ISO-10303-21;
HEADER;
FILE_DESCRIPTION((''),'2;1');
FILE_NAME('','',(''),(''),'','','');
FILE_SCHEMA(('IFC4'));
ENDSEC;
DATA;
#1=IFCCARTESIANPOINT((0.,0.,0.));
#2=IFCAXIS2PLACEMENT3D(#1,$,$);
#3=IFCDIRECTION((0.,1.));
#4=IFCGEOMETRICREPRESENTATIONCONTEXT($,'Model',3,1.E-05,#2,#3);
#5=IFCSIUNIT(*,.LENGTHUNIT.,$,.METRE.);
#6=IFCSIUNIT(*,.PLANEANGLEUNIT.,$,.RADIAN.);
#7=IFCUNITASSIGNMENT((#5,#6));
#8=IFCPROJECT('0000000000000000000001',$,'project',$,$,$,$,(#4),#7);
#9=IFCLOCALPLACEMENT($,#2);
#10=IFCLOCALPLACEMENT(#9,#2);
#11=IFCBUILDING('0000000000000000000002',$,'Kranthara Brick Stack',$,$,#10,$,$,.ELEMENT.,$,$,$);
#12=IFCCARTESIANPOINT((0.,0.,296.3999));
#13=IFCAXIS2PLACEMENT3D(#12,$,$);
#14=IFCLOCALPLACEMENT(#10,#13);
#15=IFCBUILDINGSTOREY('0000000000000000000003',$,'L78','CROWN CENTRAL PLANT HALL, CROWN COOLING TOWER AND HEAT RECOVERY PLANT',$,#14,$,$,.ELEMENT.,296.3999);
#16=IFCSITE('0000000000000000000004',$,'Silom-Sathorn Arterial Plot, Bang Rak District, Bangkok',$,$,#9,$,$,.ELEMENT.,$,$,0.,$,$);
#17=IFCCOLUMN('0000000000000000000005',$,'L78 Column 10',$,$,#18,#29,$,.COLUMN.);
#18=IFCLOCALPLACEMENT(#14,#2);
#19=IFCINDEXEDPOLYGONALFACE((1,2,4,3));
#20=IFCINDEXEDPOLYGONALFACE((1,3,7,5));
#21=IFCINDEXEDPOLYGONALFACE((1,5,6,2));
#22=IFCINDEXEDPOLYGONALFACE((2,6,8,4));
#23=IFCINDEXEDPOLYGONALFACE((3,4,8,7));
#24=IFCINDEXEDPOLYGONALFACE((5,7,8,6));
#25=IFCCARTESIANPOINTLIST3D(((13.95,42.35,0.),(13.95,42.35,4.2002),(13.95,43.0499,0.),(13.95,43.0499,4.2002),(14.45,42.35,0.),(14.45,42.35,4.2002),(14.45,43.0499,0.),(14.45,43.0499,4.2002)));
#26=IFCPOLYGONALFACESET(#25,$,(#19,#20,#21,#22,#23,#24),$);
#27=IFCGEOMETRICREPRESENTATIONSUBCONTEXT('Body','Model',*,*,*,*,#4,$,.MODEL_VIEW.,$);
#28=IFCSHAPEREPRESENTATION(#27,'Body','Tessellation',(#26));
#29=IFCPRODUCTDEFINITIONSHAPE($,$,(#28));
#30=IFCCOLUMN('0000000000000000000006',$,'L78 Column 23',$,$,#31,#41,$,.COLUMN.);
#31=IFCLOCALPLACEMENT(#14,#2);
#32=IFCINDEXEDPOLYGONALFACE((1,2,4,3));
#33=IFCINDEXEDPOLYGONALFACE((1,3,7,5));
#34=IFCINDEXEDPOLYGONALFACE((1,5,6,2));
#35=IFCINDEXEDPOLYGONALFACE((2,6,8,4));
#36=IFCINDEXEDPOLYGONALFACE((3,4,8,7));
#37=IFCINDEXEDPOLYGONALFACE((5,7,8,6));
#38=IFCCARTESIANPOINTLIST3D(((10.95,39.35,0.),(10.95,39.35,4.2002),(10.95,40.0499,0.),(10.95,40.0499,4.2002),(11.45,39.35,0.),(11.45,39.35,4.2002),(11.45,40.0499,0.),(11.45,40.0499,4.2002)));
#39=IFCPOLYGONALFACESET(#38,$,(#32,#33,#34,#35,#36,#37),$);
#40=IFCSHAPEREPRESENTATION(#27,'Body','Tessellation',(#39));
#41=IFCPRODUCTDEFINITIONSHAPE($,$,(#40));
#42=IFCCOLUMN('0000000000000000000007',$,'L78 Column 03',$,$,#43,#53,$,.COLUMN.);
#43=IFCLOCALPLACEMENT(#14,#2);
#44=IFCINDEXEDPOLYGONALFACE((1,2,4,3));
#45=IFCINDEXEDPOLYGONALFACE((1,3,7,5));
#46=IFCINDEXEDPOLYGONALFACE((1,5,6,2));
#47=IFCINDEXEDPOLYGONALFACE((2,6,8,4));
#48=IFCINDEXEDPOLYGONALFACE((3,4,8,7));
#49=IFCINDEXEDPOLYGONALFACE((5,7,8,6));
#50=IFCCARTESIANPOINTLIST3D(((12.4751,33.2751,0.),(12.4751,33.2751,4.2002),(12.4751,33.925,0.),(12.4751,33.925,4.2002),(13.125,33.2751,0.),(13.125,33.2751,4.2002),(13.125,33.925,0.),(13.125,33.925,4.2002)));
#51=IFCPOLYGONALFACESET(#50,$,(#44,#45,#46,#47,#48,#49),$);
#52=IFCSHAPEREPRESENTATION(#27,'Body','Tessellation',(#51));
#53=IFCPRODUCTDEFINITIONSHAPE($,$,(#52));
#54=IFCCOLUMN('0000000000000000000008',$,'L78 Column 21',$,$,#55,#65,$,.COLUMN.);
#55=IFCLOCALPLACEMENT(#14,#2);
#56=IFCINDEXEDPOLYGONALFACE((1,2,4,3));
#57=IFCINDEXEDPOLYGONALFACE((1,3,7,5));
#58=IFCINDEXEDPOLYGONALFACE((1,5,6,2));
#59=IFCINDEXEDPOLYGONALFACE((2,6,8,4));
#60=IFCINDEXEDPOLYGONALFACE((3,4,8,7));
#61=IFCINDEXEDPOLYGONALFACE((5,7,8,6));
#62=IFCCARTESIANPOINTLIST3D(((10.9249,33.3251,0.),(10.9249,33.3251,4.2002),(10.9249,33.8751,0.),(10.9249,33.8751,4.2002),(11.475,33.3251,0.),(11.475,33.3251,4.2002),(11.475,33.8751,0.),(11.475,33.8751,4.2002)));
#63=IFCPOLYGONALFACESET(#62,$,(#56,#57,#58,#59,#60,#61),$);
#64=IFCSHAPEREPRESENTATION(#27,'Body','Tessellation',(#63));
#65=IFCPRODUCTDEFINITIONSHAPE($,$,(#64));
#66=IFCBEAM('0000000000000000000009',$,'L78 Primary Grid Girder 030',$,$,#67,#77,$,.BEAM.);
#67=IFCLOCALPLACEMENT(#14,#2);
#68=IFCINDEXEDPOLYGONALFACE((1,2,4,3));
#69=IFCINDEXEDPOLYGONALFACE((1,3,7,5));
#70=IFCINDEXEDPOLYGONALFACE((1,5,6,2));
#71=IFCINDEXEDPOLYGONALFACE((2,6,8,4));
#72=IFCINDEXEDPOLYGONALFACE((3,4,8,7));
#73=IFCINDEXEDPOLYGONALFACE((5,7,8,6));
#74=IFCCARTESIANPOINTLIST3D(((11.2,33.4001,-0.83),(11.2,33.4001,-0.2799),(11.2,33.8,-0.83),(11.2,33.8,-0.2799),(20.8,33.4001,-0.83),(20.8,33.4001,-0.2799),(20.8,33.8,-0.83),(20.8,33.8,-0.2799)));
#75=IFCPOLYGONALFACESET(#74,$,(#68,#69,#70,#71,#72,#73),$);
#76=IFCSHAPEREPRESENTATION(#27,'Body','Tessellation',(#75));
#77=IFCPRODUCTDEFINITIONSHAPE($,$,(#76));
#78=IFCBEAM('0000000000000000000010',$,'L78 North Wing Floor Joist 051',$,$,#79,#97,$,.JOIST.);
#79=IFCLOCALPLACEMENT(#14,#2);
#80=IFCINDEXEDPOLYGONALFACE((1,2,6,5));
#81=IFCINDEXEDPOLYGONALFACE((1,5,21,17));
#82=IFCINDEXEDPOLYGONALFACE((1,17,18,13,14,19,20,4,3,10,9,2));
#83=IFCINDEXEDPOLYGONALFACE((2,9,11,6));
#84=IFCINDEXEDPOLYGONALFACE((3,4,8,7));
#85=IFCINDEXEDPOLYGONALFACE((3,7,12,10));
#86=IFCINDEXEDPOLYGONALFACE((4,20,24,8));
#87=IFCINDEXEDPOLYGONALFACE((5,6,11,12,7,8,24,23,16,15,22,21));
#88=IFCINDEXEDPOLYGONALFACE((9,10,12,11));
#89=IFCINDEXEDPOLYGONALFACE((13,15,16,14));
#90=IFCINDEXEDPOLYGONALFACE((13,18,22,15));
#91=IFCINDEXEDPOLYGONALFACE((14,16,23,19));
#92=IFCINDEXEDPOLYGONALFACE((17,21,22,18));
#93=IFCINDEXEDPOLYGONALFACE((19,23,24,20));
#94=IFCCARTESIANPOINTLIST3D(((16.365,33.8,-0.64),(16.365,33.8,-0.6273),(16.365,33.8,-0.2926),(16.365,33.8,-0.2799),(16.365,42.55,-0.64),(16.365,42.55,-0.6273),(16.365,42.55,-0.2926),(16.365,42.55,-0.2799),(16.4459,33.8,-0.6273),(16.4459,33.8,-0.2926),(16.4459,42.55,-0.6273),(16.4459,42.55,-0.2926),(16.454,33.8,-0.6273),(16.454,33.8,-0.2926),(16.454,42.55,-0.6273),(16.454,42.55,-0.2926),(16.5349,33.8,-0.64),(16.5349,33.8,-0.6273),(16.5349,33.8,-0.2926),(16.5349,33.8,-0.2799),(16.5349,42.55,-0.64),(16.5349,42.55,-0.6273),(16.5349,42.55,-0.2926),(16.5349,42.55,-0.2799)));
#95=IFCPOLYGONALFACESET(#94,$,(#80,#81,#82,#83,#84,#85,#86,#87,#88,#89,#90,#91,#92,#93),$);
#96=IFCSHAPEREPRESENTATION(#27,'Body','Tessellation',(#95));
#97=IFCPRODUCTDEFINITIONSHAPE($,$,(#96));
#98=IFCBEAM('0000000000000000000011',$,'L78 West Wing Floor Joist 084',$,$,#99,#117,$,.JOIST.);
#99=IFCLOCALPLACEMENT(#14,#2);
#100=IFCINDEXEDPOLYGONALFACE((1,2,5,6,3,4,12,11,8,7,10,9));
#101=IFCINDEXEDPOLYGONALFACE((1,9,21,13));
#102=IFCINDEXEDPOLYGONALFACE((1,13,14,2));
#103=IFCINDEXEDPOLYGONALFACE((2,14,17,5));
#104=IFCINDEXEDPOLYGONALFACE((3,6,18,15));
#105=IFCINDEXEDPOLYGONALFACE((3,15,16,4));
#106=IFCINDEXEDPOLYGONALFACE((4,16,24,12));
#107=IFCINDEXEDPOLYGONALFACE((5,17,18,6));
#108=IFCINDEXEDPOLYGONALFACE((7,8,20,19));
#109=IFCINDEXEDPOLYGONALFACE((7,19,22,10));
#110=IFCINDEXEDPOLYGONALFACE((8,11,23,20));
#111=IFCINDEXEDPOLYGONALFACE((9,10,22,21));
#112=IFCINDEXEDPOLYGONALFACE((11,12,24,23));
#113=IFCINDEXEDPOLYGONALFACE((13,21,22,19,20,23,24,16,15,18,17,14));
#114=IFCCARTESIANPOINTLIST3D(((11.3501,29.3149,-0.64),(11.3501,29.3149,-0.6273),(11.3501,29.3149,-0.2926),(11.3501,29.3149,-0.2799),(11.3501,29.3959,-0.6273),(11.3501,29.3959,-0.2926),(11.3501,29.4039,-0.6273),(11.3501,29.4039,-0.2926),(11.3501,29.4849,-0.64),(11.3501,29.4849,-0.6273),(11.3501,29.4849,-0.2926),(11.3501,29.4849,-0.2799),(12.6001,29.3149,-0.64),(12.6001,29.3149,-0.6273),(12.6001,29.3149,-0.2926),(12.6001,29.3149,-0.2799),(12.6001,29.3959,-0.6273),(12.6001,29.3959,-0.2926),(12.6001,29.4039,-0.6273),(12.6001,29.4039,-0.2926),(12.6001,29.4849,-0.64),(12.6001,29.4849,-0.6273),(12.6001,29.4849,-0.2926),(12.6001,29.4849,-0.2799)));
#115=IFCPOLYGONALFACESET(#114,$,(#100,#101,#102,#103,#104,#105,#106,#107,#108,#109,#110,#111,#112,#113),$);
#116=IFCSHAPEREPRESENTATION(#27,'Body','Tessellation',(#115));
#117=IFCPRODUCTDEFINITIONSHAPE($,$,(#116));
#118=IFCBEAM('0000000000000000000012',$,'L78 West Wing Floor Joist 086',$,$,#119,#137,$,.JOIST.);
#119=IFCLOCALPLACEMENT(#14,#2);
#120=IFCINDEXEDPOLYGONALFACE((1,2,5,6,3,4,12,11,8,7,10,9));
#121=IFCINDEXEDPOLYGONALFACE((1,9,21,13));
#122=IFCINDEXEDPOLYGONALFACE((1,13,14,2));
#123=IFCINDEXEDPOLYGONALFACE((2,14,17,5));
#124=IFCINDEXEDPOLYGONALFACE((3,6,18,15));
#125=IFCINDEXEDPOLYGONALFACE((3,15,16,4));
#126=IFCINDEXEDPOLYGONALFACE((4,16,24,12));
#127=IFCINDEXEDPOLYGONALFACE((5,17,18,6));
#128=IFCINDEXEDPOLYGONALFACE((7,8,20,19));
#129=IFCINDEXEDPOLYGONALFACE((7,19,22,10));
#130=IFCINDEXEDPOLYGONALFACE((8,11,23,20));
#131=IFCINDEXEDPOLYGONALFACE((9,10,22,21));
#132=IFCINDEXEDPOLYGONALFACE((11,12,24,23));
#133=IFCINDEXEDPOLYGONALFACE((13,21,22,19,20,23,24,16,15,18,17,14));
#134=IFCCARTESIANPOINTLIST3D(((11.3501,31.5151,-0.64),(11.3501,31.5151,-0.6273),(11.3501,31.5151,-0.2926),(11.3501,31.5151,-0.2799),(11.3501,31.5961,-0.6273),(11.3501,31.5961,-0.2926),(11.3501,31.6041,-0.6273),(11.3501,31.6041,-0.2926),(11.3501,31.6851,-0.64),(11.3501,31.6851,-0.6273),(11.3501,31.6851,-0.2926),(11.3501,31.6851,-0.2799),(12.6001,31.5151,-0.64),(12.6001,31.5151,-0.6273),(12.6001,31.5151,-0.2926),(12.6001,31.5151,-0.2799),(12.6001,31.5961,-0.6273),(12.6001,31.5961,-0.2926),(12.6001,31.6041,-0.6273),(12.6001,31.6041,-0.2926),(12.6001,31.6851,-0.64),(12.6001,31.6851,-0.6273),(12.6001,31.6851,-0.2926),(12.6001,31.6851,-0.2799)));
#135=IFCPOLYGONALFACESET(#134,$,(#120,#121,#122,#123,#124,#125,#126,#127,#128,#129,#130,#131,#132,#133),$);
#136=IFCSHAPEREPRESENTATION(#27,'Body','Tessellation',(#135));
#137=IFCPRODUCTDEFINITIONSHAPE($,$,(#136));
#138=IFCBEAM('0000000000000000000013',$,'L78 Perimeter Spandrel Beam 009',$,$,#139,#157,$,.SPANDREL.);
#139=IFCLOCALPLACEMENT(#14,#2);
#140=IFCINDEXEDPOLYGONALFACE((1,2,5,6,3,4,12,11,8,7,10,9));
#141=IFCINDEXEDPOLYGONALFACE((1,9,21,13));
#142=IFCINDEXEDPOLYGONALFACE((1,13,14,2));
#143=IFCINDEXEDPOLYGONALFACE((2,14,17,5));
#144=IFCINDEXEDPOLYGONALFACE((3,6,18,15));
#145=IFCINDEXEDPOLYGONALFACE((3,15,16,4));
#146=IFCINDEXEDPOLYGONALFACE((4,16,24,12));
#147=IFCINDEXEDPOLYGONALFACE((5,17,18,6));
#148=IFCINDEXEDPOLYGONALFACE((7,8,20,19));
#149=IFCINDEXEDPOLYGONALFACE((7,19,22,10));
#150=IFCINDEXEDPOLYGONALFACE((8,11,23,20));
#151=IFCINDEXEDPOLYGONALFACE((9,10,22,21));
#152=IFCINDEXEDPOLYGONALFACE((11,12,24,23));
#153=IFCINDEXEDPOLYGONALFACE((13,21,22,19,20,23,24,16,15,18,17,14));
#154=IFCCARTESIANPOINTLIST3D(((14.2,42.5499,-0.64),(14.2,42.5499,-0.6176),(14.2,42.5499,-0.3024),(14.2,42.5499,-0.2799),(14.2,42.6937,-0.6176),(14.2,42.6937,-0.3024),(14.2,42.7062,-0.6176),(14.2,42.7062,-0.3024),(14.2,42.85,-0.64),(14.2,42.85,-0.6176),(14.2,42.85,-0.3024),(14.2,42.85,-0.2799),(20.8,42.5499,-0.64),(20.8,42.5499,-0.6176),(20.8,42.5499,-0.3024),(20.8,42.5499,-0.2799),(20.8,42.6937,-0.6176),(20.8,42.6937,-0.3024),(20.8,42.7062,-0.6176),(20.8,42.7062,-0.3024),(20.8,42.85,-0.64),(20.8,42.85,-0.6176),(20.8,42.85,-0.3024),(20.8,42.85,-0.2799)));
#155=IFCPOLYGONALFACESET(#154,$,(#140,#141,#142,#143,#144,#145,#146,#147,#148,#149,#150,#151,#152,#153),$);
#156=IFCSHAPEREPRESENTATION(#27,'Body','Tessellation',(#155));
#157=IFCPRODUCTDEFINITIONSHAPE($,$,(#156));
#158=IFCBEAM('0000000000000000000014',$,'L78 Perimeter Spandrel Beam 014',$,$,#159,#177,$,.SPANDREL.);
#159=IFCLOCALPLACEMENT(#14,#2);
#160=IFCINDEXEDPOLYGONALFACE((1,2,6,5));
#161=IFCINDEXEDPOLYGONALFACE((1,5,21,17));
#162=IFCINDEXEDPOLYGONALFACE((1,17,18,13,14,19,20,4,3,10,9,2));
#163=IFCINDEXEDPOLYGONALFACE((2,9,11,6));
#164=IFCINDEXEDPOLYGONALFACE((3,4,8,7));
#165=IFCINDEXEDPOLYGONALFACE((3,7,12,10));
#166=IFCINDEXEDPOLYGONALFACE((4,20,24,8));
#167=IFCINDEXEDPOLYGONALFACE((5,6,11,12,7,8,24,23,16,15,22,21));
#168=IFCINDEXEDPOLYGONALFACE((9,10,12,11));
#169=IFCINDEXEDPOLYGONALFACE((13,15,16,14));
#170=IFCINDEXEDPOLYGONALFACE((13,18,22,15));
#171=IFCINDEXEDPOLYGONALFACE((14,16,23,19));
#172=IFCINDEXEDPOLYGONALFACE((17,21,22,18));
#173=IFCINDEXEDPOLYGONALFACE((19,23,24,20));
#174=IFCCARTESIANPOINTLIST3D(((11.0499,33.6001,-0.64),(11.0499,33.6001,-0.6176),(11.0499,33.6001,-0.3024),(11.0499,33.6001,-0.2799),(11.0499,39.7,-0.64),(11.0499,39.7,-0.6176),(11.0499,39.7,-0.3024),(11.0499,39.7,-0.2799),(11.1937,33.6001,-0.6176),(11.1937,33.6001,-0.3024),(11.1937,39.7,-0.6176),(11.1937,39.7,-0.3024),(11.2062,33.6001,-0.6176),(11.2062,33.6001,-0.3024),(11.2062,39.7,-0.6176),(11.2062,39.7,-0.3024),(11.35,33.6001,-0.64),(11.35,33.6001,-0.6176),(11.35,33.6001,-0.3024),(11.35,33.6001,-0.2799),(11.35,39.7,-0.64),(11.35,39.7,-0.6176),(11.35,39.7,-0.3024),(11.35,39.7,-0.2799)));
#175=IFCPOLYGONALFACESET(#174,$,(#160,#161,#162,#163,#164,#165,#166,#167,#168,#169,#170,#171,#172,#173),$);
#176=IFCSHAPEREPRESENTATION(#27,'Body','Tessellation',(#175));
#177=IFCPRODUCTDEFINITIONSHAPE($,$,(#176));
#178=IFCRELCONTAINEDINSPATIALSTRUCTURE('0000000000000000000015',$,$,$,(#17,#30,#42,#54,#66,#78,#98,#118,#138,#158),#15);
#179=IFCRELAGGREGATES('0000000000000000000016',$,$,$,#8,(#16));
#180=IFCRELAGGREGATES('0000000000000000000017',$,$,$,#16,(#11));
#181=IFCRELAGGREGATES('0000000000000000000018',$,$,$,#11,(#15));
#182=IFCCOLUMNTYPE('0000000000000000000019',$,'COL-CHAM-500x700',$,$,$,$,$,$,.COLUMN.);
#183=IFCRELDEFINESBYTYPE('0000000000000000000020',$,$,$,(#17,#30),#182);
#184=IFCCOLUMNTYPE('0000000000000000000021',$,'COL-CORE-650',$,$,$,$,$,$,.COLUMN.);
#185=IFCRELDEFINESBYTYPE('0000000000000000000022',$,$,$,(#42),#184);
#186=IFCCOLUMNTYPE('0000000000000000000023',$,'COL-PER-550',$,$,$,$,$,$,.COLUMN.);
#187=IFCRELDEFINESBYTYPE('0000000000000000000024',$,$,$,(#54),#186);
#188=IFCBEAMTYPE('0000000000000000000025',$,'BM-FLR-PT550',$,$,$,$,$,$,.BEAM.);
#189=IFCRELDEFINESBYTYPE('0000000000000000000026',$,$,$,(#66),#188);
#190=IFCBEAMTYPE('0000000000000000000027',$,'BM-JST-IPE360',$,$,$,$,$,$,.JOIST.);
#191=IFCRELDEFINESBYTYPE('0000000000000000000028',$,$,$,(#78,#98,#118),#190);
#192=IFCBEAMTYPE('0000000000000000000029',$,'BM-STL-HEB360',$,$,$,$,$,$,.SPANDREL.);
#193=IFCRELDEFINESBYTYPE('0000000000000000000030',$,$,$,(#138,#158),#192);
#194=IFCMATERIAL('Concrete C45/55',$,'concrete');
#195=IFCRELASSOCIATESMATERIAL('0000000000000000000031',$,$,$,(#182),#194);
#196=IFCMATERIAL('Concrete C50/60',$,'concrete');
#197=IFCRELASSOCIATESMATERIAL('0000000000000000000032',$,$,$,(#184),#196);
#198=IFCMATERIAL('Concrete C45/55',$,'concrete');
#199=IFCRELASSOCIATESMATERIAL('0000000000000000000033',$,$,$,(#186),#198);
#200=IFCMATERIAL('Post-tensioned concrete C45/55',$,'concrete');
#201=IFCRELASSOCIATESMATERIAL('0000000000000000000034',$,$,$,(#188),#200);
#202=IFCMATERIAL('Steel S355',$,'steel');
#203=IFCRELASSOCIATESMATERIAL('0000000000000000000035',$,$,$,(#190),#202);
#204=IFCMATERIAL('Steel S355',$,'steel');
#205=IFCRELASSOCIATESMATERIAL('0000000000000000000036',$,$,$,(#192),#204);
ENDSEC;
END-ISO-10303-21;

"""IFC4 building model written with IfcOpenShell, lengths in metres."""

from ifc_helpers import new_model, si_unit, direction, frame, origin, origin_2d, place, context, subcontext, project, spatial, rectangle, i_section, extrude, material, material_profile, profile_set, type_object, element, save


model = new_model("IFC4")

# Units and contexts
model_context = context("Model", 3, precision=1e-05, world=origin(), true_north=direction((0.0, 1.0)))
body_context = subcontext(model_context, "Body", "Model", "MODEL_VIEW")
ifc_project = project(units=[si_unit("LENGTHUNIT", "METRE"), si_unit("PLANEANGLEUNIT", "RADIAN")], contexts=[model_context])

# Site, building, storey
site_placement = place(None, origin())
site = spatial("IfcSite", under=ifc_project, at=site_placement, Name="Silom-Sathorn Arterial Plot, Bang Rak District, Bangkok", CompositionType="ELEMENT", RefElevation=0.0)
building_placement = place(site_placement, origin())
building = spatial("IfcBuilding", under=site, at=building_placement, Name="Kranthara Brick Stack", CompositionType="ELEMENT")
storey_placement = place(building_placement, frame((0.0, 0.0, 296.3999)))
storey = spatial("IfcBuildingStorey", under=building, at=storey_placement, Name="L78", Description="CROWN CENTRAL PLANT HALL, CROWN COOLING TOWER AND HEAT RECOVERY PLANT", CompositionType="ELEMENT", Elevation=296.3999)

# Columns
ifc_material_1 = material(Name="Concrete C45/55", Category="concrete")
ifc_material_profile_1 = material_profile(ifc_material_1, rectangle(XDim=0.5, YDim=0.7, at=origin_2d()), Name="RC 500x700")
ifc_profile_set_1 = profile_set([ifc_material_profile_1], Name="Concrete C45/55")
column_type_1 = type_object("IfcColumnType", Name="COL-CHAM-500x700", PredefinedType="COLUMN", material=ifc_profile_set_1)
for number, where, z_axis, x_axis, name in (
    (1, (14.2, 42.7, 0.0), (0.0, 0.0, 1.0), (1.0, 0.0, 0.0), "L78 Column 10"),
    (2, (11.2, 39.7, 0.0), (0.0, 0.0, 1.0), (1.0, 0.0, 0.0), "L78 Column 23"),
):
    element("IfcColumn", number, at=place(storey_placement, frame(where, z_axis=z_axis, x_axis=x_axis)), inside=storey, type_object=column_type_1, Name=name, PredefinedType="COLUMN", context=body_context, shape_type="SweptSolid", body=[
        extrude(rectangle(XDim=0.5, YDim=0.7, at=origin_2d()), origin(), (0.0, 0.0, 1.0), 4.2002),
    ])
ifc_material_2 = material(Name="Concrete C50/60", Category="concrete")
ifc_material_profile_2 = material_profile(ifc_material_2, rectangle(XDim=0.6499, YDim=0.6499, at=origin_2d()), Name="RC 650x650")
ifc_profile_set_2 = profile_set([ifc_material_profile_2], Name="Concrete C50/60")
column_type_2 = type_object("IfcColumnType", Name="COL-CORE-650", PredefinedType="COLUMN", material=ifc_profile_set_2)
column_1_placement = place(storey_placement, frame((12.8, 33.6001, 0.0), z_axis=(0.0, 0.0, 1.0), x_axis=(1.0, 0.0, 0.0)))
element("IfcColumn", 3, at=column_1_placement, inside=storey, type_object=column_type_2, Name="L78 Column 03", PredefinedType="COLUMN", context=body_context, shape_type="SweptSolid", body=[
    extrude(rectangle(XDim=0.6499, YDim=0.6499, at=origin_2d()), origin(), (0.0, 0.0, 1.0), 4.2002),
])
ifc_material_3 = material(Name="Concrete C45/55", Category="concrete")
ifc_material_profile_3 = material_profile(ifc_material_3, rectangle(XDim=0.55, YDim=0.55, at=origin_2d()), Name="RC 550x550")
ifc_profile_set_3 = profile_set([ifc_material_profile_3], Name="Concrete C45/55")
column_type_3 = type_object("IfcColumnType", Name="COL-PER-550", PredefinedType="COLUMN", material=ifc_profile_set_3)
column_2_placement = place(storey_placement, frame((11.2, 33.6001, 0.0), z_axis=(0.0, 0.0, 1.0), x_axis=(1.0, 0.0, 0.0)))
element("IfcColumn", 4, at=column_2_placement, inside=storey, type_object=column_type_3, Name="L78 Column 21", PredefinedType="COLUMN", context=body_context, shape_type="SweptSolid", body=[
    extrude(rectangle(XDim=0.55, YDim=0.55, at=origin_2d()), origin(), (0.0, 0.0, 1.0), 4.2002),
])

# Beams
ifc_material_4 = material(Name="Post-tensioned concrete C45/55", Category="concrete")
ifc_material_profile_4 = material_profile(ifc_material_4, rectangle(XDim=0.3999, YDim=0.55, at=origin_2d()), Name="PT 400x550")
ifc_profile_set_4 = profile_set([ifc_material_profile_4], Name="Post-tensioned concrete C45/55")
beam_type_1 = type_object("IfcBeamType", Name="BM-FLR-PT550", PredefinedType="BEAM", material=ifc_profile_set_4)
beam_1_placement = place(storey_placement, frame((11.2, 33.6001, -0.5549), z_axis=(1.0, 0.0, 0.0), x_axis=(0.0, 1.0, 0.0)))
element("IfcBeam", 5, at=beam_1_placement, inside=storey, type_object=beam_type_1, Name="L78 Primary Grid Girder 030", PredefinedType="BEAM", context=body_context, shape_type="SweptSolid", body=[
    extrude(rectangle(XDim=0.3999, YDim=0.55, at=origin_2d()), origin(), (0.0, 0.0, 1.0), 9.6001),
])
ifc_material_5 = material(Name="Steel S355", Category="steel")
ifc_material_profile_5 = material_profile(ifc_material_5, i_section(OverallWidth=0.1699, OverallDepth=0.3601, WebThickness=0.0081, FlangeThickness=0.0127, at=origin_2d()), Name="IPE 360")
ifc_profile_set_5 = profile_set([ifc_material_profile_5], Name="Steel S355")
beam_type_2 = type_object("IfcBeamType", Name="BM-JST-IPE360", PredefinedType="JOIST", material=ifc_profile_set_5)
beam_2_placement = place(storey_placement, frame((16.45, 33.8, -0.46), z_axis=(0.0, 1.0, 0.0), x_axis=(-1.0, 0.0, 0.0)))
element("IfcBeam", 6, at=beam_2_placement, inside=storey, type_object=beam_type_2, Name="L78 North Wing Floor Joist 051", PredefinedType="JOIST", context=body_context, shape_type="SweptSolid", body=[
    extrude(i_section(OverallWidth=0.1699, OverallDepth=0.3601, WebThickness=0.0081, FlangeThickness=0.0127, at=origin_2d()), origin(), (0.0, 0.0, 1.0), 8.75),
])
for number, where, z_axis, x_axis, name in (
    (7, (11.3501, 29.3999, -0.46), (1.0, 0.0, 0.0), (0.0, 1.0, 0.0), "L78 West Wing Floor Joist 084"),
    (8, (11.3501, 31.6001, -0.46), (1.0, 0.0, 0.0), (0.0, 1.0, 0.0), "L78 West Wing Floor Joist 086"),
):
    element("IfcBeam", number, at=place(storey_placement, frame(where, z_axis=z_axis, x_axis=x_axis)), inside=storey, type_object=beam_type_2, Name=name, PredefinedType="JOIST", context=body_context, shape_type="SweptSolid", body=[
        extrude(i_section(OverallWidth=0.1699, OverallDepth=0.3601, WebThickness=0.0081, FlangeThickness=0.0127, at=origin_2d()), origin(), (0.0, 0.0, 1.0), 1.25),
    ])
ifc_material_6 = material(Name="Steel S355", Category="steel")
ifc_material_profile_6 = material_profile(ifc_material_6, i_section(OverallWidth=0.3, OverallDepth=0.3601, WebThickness=0.0125, FlangeThickness=0.0225, at=origin_2d()), Name="HEB 360")
ifc_profile_set_6 = profile_set([ifc_material_profile_6], Name="Steel S355")
beam_type_3 = type_object("IfcBeamType", Name="BM-STL-HEB360", PredefinedType="SPANDREL", material=ifc_profile_set_6)
beam_3_placement = place(storey_placement, frame((14.2, 42.7, -0.46), z_axis=(1.0, 0.0, 0.0), x_axis=(0.0, 1.0, 0.0)))
element("IfcBeam", 9, at=beam_3_placement, inside=storey, type_object=beam_type_3, Name="L78 Perimeter Spandrel Beam 009", PredefinedType="SPANDREL", context=body_context, shape_type="SweptSolid", body=[
    extrude(i_section(OverallWidth=0.3, OverallDepth=0.3601, WebThickness=0.0125, FlangeThickness=0.0225, at=origin_2d()), origin(), (0.0, 0.0, 1.0), 6.6001),
])
beam_4_placement = place(storey_placement, frame((11.2, 33.6001, -0.46), z_axis=(0.0, 1.0, 0.0), x_axis=(-1.0, 0.0, 0.0)))
element("IfcBeam", 10, at=beam_4_placement, inside=storey, type_object=beam_type_3, Name="L78 Perimeter Spandrel Beam 014", PredefinedType="SPANDREL", context=body_context, shape_type="SweptSolid", body=[
    extrude(i_section(OverallWidth=0.3, OverallDepth=0.3601, WebThickness=0.0125, FlangeThickness=0.0225, at=origin_2d()), origin(), (0.0, 0.0, 1.0), 6.0999),
])

save(model, "model.ifc")
